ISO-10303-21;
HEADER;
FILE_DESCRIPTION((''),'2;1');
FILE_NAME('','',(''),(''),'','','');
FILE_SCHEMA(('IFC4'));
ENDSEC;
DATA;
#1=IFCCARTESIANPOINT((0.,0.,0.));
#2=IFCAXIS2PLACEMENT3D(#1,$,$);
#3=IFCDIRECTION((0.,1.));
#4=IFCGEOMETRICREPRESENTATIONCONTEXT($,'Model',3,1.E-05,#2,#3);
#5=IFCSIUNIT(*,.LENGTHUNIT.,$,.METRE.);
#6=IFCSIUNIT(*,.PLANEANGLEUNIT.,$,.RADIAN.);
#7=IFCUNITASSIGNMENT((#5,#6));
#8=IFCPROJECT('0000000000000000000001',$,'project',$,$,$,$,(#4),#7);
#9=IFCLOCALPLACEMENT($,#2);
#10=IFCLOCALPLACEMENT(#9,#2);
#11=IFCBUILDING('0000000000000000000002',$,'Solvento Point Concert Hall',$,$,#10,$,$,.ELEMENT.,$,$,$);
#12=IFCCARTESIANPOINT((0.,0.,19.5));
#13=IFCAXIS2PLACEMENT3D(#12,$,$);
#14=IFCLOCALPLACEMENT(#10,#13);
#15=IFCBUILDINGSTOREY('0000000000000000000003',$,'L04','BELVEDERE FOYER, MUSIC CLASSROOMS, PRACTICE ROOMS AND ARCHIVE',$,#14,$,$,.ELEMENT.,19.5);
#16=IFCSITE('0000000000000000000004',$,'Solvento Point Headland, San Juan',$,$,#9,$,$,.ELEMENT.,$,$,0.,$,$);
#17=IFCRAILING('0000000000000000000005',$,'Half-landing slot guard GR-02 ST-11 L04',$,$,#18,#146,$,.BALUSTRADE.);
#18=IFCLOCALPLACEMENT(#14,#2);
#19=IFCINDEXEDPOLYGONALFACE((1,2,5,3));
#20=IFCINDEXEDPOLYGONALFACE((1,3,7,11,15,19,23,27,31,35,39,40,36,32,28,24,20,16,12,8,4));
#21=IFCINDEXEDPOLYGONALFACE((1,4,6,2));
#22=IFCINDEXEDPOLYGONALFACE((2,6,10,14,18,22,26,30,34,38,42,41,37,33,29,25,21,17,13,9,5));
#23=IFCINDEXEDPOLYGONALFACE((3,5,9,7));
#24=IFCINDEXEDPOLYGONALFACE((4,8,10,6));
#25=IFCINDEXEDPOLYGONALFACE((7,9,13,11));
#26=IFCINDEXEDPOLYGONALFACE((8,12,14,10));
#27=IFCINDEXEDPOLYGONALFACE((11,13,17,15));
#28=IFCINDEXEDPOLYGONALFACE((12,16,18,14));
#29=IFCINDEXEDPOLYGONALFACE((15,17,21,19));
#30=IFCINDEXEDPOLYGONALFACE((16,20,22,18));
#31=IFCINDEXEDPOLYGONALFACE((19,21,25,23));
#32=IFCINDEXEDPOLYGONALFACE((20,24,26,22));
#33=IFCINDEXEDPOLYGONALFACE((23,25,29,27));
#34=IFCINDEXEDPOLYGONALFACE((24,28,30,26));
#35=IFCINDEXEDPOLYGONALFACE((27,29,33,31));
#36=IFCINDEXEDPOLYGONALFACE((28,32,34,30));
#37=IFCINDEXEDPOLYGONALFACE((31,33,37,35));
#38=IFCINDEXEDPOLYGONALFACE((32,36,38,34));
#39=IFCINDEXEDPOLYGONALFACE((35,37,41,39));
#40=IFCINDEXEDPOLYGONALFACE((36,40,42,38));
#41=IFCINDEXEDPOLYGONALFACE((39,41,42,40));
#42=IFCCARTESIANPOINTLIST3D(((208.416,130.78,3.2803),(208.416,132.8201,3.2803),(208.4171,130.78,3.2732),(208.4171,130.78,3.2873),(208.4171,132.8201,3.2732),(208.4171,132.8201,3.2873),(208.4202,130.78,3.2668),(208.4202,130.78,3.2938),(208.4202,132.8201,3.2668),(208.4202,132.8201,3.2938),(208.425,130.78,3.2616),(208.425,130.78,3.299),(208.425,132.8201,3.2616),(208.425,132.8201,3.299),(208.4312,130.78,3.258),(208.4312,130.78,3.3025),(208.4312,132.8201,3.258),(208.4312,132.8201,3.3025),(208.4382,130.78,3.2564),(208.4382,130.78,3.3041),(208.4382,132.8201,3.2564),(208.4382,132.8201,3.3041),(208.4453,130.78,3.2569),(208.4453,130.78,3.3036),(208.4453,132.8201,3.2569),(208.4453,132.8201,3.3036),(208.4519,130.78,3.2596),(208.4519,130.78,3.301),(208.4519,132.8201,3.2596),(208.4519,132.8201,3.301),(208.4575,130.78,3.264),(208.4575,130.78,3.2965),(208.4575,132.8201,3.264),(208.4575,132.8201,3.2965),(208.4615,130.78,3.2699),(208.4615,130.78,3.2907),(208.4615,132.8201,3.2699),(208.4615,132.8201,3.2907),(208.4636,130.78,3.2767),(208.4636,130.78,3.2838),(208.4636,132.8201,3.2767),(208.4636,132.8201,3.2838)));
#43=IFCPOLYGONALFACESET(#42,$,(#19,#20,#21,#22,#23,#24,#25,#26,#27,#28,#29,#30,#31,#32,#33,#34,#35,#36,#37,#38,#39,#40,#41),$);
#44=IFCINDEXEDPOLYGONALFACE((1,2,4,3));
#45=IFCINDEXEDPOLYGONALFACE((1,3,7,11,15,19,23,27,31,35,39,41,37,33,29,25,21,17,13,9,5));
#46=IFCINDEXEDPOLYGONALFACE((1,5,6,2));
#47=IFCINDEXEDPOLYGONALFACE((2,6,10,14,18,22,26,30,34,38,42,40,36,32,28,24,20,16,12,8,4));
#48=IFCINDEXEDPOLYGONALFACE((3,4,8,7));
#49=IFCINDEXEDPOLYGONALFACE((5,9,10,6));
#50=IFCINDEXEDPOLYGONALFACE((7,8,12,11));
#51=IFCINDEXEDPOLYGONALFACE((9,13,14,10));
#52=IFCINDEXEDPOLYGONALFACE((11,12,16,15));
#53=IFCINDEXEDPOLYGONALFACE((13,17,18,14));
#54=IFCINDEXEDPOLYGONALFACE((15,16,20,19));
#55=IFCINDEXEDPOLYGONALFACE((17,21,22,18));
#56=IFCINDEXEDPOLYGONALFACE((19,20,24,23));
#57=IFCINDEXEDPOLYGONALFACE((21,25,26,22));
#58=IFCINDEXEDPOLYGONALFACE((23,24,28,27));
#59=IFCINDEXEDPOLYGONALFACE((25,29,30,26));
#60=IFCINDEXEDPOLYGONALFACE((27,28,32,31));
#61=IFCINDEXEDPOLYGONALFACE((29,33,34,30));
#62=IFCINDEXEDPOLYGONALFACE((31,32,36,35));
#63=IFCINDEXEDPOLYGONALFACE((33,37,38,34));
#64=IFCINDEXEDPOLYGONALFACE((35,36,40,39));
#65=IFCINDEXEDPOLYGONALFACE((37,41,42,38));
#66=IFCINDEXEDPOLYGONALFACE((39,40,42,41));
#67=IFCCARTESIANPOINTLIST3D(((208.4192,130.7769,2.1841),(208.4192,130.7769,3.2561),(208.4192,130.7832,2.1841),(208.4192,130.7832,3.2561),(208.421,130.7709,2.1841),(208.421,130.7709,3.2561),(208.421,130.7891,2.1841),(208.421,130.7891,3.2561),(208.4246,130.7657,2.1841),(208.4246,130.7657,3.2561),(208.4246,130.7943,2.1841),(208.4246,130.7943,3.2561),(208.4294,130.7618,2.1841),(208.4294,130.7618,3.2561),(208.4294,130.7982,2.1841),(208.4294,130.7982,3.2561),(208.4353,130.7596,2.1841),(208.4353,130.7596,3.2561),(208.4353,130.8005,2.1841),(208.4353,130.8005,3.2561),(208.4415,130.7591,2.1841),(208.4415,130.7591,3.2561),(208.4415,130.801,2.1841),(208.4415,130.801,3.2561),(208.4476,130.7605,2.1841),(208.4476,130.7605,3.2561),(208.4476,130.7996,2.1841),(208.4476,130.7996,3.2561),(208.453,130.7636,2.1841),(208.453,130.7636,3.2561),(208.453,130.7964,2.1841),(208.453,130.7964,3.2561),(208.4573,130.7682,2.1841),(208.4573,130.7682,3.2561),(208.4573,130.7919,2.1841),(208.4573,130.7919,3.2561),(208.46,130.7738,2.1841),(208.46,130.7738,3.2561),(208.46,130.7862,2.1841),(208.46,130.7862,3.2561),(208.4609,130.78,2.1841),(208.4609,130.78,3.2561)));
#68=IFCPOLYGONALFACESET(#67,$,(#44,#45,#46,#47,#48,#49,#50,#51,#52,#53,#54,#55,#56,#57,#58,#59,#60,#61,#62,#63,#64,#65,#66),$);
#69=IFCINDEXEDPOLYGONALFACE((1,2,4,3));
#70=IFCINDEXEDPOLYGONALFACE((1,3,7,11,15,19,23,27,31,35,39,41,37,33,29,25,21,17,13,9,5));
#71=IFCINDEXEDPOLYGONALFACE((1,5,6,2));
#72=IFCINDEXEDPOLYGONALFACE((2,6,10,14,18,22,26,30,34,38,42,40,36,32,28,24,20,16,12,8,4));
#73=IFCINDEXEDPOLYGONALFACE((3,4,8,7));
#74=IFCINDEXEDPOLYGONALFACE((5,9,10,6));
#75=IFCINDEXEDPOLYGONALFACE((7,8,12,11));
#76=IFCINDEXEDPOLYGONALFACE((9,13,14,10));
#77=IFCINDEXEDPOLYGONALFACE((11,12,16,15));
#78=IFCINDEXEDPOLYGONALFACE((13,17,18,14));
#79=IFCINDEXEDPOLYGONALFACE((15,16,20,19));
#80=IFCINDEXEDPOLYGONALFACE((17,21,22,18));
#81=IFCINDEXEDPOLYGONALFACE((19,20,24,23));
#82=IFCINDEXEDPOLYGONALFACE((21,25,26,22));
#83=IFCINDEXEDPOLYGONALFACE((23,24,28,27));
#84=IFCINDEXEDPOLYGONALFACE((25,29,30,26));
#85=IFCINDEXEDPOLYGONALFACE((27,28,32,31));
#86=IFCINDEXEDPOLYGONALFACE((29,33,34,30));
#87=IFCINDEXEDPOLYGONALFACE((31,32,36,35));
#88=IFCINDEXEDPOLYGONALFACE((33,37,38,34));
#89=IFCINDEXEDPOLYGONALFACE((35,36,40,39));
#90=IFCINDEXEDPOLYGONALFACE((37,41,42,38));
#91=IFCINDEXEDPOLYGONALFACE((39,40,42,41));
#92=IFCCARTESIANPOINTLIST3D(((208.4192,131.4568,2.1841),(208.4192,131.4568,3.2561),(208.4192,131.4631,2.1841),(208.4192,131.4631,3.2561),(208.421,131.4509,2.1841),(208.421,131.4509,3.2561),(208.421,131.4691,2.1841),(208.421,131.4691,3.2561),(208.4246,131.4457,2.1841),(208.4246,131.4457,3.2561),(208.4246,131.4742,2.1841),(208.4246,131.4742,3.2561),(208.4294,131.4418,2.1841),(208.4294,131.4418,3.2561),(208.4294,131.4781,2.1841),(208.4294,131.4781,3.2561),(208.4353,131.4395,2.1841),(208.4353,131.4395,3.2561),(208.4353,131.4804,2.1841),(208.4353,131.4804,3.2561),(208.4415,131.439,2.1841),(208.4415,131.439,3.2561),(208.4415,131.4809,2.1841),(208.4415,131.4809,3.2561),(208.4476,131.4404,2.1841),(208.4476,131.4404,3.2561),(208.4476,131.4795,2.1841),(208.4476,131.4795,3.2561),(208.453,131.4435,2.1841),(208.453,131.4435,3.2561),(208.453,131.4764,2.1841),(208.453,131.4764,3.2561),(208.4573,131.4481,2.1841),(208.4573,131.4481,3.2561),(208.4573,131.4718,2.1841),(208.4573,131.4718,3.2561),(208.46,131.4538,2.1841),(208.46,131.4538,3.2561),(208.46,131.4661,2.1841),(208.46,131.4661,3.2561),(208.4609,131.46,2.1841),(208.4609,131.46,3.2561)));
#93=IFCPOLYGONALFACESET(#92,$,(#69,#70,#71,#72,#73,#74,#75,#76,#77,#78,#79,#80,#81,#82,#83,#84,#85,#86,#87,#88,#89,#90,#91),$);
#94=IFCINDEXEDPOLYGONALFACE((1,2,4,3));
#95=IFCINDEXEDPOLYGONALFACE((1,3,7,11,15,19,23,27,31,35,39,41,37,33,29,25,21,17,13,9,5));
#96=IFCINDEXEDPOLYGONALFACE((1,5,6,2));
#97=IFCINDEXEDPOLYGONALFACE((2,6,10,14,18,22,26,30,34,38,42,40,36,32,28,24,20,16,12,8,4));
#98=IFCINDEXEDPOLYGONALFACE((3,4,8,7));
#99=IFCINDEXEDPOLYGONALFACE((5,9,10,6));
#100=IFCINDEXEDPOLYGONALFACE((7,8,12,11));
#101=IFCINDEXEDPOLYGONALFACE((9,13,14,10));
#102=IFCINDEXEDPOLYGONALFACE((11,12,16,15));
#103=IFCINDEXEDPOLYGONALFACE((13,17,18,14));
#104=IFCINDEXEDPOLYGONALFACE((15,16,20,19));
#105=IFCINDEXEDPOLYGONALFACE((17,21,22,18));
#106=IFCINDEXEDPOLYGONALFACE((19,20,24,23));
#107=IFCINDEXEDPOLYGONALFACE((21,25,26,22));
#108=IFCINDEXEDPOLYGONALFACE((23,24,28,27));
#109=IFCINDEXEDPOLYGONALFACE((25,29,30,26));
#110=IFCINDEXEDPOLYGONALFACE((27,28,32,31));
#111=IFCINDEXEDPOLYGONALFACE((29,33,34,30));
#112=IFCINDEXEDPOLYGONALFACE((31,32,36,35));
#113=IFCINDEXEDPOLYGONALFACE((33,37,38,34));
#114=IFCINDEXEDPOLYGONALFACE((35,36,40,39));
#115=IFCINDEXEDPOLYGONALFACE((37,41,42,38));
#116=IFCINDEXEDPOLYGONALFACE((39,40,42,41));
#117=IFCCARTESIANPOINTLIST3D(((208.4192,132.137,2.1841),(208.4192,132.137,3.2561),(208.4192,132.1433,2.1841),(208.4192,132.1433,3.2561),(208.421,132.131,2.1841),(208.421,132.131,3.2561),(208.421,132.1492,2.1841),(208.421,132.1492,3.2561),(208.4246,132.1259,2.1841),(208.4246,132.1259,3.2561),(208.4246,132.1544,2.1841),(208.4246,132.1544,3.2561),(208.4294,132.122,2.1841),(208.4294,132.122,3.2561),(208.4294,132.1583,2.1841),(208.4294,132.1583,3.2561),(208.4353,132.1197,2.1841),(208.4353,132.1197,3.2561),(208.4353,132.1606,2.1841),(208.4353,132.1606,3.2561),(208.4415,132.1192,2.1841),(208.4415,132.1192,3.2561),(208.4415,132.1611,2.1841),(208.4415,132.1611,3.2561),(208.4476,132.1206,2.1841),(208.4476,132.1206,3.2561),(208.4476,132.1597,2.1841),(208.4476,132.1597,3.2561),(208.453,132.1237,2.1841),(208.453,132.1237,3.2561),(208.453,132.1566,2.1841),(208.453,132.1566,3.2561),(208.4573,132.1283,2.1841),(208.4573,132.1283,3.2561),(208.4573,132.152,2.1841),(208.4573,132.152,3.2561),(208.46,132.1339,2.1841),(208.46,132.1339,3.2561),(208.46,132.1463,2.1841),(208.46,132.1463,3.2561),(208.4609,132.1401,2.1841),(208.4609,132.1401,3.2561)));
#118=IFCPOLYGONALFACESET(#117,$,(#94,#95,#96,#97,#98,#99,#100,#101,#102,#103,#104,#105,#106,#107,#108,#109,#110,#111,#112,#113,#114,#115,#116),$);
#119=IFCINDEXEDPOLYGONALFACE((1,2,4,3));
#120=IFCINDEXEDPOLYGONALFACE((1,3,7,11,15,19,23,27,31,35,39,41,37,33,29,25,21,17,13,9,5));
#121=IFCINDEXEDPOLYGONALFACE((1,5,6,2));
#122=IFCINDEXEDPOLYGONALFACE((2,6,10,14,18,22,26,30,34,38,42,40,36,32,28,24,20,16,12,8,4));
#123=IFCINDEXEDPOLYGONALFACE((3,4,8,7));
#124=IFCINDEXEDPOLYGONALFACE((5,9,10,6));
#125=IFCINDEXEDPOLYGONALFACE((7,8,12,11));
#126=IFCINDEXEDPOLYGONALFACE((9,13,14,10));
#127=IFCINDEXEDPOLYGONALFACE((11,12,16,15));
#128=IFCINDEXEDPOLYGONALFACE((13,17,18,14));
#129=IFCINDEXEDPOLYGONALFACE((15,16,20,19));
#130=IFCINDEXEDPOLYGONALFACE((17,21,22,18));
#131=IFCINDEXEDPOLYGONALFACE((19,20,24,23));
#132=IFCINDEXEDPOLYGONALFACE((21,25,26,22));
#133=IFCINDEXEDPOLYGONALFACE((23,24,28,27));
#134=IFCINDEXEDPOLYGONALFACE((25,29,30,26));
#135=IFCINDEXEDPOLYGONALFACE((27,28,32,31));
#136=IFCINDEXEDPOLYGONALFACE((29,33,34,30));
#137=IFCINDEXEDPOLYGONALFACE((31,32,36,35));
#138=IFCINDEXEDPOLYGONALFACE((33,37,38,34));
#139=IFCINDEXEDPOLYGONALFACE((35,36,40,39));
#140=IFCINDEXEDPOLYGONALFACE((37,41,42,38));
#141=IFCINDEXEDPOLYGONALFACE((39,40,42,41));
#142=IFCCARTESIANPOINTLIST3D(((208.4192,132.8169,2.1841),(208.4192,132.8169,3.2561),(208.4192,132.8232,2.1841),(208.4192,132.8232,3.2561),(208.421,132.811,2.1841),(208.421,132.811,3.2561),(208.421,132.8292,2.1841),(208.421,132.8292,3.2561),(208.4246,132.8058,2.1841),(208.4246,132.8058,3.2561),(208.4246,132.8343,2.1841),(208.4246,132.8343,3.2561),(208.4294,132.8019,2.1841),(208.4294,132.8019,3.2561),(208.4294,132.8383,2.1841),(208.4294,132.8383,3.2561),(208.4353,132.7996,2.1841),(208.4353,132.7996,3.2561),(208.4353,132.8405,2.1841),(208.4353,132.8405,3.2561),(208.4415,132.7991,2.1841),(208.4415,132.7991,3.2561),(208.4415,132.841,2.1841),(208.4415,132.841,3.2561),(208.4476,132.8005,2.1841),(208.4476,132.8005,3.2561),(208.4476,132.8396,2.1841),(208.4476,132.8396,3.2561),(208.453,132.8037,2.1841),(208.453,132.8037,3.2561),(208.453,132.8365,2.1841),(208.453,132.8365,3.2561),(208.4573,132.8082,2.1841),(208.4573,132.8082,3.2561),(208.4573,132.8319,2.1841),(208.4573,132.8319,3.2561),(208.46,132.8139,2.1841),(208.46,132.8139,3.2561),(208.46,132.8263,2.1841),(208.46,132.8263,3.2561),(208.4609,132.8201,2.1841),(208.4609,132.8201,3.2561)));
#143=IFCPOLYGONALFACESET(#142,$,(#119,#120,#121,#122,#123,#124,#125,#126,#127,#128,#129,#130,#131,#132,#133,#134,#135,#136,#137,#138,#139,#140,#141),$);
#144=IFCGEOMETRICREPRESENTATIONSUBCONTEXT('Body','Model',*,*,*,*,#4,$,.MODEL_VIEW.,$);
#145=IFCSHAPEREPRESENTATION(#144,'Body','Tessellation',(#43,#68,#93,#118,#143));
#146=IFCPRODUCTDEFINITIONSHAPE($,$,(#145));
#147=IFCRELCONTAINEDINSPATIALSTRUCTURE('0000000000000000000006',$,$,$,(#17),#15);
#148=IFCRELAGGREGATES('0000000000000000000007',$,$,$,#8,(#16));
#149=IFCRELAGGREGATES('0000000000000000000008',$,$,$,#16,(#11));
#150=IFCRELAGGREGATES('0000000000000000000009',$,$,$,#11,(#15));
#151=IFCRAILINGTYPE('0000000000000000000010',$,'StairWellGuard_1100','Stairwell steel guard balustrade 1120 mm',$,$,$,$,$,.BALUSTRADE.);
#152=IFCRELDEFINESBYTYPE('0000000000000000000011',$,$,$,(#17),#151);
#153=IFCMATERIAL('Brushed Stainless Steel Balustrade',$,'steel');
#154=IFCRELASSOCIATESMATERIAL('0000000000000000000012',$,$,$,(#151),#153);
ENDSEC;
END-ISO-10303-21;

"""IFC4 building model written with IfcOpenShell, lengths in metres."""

from ifc_helpers import new_model, si_unit, direction, frame, origin, origin_2d, place, context, subcontext, project, spatial, circle, extrude, material, type_object, element, save


model = new_model("IFC4")

# Units and contexts
model_context = context("Model", 3, precision=1e-05, world=origin(), true_north=direction((0.0, 1.0)))
body_context = subcontext(model_context, "Body", "Model", "MODEL_VIEW")
ifc_project = project(units=[si_unit("LENGTHUNIT", "METRE"), si_unit("PLANEANGLEUNIT", "RADIAN")], contexts=[model_context])

# Site, building, storey
site_placement = place(None, origin())
site = spatial("IfcSite", under=ifc_project, at=site_placement, Name="Solvento Point Headland, San Juan", CompositionType="ELEMENT", RefElevation=0.0)
building_placement = place(site_placement, origin())
building = spatial("IfcBuilding", under=site, at=building_placement, Name="Solvento Point Concert Hall", CompositionType="ELEMENT")
storey_placement = place(building_placement, frame((0.0, 0.0, 19.5)))
storey = spatial("IfcBuildingStorey", under=building, at=storey_placement, Name="L04", Description="BELVEDERE FOYER, MUSIC CLASSROOMS, PRACTICE ROOMS AND ARCHIVE", CompositionType="ELEMENT", Elevation=19.5)

# Railing
ifc_material_1 = material(Name="Brushed Stainless Steel Balustrade", Category="steel")
railing_type_1 = type_object("IfcRailingType", Name="StairWellGuard_1100", Description="Stairwell steel guard balustrade 1120 mm", PredefinedType="BALUSTRADE", material=ifc_material_1)
railing_1_placement = place(storey_placement, frame((208.4399, 130.78, 2.1841)))
element("IfcRailing", 1, at=railing_1_placement, inside=storey, type_object=railing_type_1, Name="Half-landing slot guard GR-02 ST-11 L04", PredefinedType="BALUSTRADE", context=body_context, shape_type="SweptSolid", body=[
    extrude(circle(Radius=0.0239, at=origin_2d()), frame((0.0, 0.0, 1.0962), z_axis=(0.0, 1.0, 0.0), x_axis=(-1.0, 0.0, 0.0)), (0.0, 0.0, 1.0), 2.04),
    extrude(circle(Radius=0.021, at=origin_2d()), origin(), (0.0, 0.0, 1.0), 1.072),
    extrude(circle(Radius=0.021, at=origin_2d()), frame((0.0, 0.6799, 0.0)), (0.0, 0.0, 1.0), 1.072),
    extrude(circle(Radius=0.021, at=origin_2d()), frame((0.0, 1.3601, 0.0)), (0.0, 0.0, 1.0), 1.072),
    extrude(circle(Radius=0.021, at=origin_2d()), frame((0.0, 2.04, 0.0)), (0.0, 0.0, 1.0), 1.072),
])

save(model, "model.ifc")
